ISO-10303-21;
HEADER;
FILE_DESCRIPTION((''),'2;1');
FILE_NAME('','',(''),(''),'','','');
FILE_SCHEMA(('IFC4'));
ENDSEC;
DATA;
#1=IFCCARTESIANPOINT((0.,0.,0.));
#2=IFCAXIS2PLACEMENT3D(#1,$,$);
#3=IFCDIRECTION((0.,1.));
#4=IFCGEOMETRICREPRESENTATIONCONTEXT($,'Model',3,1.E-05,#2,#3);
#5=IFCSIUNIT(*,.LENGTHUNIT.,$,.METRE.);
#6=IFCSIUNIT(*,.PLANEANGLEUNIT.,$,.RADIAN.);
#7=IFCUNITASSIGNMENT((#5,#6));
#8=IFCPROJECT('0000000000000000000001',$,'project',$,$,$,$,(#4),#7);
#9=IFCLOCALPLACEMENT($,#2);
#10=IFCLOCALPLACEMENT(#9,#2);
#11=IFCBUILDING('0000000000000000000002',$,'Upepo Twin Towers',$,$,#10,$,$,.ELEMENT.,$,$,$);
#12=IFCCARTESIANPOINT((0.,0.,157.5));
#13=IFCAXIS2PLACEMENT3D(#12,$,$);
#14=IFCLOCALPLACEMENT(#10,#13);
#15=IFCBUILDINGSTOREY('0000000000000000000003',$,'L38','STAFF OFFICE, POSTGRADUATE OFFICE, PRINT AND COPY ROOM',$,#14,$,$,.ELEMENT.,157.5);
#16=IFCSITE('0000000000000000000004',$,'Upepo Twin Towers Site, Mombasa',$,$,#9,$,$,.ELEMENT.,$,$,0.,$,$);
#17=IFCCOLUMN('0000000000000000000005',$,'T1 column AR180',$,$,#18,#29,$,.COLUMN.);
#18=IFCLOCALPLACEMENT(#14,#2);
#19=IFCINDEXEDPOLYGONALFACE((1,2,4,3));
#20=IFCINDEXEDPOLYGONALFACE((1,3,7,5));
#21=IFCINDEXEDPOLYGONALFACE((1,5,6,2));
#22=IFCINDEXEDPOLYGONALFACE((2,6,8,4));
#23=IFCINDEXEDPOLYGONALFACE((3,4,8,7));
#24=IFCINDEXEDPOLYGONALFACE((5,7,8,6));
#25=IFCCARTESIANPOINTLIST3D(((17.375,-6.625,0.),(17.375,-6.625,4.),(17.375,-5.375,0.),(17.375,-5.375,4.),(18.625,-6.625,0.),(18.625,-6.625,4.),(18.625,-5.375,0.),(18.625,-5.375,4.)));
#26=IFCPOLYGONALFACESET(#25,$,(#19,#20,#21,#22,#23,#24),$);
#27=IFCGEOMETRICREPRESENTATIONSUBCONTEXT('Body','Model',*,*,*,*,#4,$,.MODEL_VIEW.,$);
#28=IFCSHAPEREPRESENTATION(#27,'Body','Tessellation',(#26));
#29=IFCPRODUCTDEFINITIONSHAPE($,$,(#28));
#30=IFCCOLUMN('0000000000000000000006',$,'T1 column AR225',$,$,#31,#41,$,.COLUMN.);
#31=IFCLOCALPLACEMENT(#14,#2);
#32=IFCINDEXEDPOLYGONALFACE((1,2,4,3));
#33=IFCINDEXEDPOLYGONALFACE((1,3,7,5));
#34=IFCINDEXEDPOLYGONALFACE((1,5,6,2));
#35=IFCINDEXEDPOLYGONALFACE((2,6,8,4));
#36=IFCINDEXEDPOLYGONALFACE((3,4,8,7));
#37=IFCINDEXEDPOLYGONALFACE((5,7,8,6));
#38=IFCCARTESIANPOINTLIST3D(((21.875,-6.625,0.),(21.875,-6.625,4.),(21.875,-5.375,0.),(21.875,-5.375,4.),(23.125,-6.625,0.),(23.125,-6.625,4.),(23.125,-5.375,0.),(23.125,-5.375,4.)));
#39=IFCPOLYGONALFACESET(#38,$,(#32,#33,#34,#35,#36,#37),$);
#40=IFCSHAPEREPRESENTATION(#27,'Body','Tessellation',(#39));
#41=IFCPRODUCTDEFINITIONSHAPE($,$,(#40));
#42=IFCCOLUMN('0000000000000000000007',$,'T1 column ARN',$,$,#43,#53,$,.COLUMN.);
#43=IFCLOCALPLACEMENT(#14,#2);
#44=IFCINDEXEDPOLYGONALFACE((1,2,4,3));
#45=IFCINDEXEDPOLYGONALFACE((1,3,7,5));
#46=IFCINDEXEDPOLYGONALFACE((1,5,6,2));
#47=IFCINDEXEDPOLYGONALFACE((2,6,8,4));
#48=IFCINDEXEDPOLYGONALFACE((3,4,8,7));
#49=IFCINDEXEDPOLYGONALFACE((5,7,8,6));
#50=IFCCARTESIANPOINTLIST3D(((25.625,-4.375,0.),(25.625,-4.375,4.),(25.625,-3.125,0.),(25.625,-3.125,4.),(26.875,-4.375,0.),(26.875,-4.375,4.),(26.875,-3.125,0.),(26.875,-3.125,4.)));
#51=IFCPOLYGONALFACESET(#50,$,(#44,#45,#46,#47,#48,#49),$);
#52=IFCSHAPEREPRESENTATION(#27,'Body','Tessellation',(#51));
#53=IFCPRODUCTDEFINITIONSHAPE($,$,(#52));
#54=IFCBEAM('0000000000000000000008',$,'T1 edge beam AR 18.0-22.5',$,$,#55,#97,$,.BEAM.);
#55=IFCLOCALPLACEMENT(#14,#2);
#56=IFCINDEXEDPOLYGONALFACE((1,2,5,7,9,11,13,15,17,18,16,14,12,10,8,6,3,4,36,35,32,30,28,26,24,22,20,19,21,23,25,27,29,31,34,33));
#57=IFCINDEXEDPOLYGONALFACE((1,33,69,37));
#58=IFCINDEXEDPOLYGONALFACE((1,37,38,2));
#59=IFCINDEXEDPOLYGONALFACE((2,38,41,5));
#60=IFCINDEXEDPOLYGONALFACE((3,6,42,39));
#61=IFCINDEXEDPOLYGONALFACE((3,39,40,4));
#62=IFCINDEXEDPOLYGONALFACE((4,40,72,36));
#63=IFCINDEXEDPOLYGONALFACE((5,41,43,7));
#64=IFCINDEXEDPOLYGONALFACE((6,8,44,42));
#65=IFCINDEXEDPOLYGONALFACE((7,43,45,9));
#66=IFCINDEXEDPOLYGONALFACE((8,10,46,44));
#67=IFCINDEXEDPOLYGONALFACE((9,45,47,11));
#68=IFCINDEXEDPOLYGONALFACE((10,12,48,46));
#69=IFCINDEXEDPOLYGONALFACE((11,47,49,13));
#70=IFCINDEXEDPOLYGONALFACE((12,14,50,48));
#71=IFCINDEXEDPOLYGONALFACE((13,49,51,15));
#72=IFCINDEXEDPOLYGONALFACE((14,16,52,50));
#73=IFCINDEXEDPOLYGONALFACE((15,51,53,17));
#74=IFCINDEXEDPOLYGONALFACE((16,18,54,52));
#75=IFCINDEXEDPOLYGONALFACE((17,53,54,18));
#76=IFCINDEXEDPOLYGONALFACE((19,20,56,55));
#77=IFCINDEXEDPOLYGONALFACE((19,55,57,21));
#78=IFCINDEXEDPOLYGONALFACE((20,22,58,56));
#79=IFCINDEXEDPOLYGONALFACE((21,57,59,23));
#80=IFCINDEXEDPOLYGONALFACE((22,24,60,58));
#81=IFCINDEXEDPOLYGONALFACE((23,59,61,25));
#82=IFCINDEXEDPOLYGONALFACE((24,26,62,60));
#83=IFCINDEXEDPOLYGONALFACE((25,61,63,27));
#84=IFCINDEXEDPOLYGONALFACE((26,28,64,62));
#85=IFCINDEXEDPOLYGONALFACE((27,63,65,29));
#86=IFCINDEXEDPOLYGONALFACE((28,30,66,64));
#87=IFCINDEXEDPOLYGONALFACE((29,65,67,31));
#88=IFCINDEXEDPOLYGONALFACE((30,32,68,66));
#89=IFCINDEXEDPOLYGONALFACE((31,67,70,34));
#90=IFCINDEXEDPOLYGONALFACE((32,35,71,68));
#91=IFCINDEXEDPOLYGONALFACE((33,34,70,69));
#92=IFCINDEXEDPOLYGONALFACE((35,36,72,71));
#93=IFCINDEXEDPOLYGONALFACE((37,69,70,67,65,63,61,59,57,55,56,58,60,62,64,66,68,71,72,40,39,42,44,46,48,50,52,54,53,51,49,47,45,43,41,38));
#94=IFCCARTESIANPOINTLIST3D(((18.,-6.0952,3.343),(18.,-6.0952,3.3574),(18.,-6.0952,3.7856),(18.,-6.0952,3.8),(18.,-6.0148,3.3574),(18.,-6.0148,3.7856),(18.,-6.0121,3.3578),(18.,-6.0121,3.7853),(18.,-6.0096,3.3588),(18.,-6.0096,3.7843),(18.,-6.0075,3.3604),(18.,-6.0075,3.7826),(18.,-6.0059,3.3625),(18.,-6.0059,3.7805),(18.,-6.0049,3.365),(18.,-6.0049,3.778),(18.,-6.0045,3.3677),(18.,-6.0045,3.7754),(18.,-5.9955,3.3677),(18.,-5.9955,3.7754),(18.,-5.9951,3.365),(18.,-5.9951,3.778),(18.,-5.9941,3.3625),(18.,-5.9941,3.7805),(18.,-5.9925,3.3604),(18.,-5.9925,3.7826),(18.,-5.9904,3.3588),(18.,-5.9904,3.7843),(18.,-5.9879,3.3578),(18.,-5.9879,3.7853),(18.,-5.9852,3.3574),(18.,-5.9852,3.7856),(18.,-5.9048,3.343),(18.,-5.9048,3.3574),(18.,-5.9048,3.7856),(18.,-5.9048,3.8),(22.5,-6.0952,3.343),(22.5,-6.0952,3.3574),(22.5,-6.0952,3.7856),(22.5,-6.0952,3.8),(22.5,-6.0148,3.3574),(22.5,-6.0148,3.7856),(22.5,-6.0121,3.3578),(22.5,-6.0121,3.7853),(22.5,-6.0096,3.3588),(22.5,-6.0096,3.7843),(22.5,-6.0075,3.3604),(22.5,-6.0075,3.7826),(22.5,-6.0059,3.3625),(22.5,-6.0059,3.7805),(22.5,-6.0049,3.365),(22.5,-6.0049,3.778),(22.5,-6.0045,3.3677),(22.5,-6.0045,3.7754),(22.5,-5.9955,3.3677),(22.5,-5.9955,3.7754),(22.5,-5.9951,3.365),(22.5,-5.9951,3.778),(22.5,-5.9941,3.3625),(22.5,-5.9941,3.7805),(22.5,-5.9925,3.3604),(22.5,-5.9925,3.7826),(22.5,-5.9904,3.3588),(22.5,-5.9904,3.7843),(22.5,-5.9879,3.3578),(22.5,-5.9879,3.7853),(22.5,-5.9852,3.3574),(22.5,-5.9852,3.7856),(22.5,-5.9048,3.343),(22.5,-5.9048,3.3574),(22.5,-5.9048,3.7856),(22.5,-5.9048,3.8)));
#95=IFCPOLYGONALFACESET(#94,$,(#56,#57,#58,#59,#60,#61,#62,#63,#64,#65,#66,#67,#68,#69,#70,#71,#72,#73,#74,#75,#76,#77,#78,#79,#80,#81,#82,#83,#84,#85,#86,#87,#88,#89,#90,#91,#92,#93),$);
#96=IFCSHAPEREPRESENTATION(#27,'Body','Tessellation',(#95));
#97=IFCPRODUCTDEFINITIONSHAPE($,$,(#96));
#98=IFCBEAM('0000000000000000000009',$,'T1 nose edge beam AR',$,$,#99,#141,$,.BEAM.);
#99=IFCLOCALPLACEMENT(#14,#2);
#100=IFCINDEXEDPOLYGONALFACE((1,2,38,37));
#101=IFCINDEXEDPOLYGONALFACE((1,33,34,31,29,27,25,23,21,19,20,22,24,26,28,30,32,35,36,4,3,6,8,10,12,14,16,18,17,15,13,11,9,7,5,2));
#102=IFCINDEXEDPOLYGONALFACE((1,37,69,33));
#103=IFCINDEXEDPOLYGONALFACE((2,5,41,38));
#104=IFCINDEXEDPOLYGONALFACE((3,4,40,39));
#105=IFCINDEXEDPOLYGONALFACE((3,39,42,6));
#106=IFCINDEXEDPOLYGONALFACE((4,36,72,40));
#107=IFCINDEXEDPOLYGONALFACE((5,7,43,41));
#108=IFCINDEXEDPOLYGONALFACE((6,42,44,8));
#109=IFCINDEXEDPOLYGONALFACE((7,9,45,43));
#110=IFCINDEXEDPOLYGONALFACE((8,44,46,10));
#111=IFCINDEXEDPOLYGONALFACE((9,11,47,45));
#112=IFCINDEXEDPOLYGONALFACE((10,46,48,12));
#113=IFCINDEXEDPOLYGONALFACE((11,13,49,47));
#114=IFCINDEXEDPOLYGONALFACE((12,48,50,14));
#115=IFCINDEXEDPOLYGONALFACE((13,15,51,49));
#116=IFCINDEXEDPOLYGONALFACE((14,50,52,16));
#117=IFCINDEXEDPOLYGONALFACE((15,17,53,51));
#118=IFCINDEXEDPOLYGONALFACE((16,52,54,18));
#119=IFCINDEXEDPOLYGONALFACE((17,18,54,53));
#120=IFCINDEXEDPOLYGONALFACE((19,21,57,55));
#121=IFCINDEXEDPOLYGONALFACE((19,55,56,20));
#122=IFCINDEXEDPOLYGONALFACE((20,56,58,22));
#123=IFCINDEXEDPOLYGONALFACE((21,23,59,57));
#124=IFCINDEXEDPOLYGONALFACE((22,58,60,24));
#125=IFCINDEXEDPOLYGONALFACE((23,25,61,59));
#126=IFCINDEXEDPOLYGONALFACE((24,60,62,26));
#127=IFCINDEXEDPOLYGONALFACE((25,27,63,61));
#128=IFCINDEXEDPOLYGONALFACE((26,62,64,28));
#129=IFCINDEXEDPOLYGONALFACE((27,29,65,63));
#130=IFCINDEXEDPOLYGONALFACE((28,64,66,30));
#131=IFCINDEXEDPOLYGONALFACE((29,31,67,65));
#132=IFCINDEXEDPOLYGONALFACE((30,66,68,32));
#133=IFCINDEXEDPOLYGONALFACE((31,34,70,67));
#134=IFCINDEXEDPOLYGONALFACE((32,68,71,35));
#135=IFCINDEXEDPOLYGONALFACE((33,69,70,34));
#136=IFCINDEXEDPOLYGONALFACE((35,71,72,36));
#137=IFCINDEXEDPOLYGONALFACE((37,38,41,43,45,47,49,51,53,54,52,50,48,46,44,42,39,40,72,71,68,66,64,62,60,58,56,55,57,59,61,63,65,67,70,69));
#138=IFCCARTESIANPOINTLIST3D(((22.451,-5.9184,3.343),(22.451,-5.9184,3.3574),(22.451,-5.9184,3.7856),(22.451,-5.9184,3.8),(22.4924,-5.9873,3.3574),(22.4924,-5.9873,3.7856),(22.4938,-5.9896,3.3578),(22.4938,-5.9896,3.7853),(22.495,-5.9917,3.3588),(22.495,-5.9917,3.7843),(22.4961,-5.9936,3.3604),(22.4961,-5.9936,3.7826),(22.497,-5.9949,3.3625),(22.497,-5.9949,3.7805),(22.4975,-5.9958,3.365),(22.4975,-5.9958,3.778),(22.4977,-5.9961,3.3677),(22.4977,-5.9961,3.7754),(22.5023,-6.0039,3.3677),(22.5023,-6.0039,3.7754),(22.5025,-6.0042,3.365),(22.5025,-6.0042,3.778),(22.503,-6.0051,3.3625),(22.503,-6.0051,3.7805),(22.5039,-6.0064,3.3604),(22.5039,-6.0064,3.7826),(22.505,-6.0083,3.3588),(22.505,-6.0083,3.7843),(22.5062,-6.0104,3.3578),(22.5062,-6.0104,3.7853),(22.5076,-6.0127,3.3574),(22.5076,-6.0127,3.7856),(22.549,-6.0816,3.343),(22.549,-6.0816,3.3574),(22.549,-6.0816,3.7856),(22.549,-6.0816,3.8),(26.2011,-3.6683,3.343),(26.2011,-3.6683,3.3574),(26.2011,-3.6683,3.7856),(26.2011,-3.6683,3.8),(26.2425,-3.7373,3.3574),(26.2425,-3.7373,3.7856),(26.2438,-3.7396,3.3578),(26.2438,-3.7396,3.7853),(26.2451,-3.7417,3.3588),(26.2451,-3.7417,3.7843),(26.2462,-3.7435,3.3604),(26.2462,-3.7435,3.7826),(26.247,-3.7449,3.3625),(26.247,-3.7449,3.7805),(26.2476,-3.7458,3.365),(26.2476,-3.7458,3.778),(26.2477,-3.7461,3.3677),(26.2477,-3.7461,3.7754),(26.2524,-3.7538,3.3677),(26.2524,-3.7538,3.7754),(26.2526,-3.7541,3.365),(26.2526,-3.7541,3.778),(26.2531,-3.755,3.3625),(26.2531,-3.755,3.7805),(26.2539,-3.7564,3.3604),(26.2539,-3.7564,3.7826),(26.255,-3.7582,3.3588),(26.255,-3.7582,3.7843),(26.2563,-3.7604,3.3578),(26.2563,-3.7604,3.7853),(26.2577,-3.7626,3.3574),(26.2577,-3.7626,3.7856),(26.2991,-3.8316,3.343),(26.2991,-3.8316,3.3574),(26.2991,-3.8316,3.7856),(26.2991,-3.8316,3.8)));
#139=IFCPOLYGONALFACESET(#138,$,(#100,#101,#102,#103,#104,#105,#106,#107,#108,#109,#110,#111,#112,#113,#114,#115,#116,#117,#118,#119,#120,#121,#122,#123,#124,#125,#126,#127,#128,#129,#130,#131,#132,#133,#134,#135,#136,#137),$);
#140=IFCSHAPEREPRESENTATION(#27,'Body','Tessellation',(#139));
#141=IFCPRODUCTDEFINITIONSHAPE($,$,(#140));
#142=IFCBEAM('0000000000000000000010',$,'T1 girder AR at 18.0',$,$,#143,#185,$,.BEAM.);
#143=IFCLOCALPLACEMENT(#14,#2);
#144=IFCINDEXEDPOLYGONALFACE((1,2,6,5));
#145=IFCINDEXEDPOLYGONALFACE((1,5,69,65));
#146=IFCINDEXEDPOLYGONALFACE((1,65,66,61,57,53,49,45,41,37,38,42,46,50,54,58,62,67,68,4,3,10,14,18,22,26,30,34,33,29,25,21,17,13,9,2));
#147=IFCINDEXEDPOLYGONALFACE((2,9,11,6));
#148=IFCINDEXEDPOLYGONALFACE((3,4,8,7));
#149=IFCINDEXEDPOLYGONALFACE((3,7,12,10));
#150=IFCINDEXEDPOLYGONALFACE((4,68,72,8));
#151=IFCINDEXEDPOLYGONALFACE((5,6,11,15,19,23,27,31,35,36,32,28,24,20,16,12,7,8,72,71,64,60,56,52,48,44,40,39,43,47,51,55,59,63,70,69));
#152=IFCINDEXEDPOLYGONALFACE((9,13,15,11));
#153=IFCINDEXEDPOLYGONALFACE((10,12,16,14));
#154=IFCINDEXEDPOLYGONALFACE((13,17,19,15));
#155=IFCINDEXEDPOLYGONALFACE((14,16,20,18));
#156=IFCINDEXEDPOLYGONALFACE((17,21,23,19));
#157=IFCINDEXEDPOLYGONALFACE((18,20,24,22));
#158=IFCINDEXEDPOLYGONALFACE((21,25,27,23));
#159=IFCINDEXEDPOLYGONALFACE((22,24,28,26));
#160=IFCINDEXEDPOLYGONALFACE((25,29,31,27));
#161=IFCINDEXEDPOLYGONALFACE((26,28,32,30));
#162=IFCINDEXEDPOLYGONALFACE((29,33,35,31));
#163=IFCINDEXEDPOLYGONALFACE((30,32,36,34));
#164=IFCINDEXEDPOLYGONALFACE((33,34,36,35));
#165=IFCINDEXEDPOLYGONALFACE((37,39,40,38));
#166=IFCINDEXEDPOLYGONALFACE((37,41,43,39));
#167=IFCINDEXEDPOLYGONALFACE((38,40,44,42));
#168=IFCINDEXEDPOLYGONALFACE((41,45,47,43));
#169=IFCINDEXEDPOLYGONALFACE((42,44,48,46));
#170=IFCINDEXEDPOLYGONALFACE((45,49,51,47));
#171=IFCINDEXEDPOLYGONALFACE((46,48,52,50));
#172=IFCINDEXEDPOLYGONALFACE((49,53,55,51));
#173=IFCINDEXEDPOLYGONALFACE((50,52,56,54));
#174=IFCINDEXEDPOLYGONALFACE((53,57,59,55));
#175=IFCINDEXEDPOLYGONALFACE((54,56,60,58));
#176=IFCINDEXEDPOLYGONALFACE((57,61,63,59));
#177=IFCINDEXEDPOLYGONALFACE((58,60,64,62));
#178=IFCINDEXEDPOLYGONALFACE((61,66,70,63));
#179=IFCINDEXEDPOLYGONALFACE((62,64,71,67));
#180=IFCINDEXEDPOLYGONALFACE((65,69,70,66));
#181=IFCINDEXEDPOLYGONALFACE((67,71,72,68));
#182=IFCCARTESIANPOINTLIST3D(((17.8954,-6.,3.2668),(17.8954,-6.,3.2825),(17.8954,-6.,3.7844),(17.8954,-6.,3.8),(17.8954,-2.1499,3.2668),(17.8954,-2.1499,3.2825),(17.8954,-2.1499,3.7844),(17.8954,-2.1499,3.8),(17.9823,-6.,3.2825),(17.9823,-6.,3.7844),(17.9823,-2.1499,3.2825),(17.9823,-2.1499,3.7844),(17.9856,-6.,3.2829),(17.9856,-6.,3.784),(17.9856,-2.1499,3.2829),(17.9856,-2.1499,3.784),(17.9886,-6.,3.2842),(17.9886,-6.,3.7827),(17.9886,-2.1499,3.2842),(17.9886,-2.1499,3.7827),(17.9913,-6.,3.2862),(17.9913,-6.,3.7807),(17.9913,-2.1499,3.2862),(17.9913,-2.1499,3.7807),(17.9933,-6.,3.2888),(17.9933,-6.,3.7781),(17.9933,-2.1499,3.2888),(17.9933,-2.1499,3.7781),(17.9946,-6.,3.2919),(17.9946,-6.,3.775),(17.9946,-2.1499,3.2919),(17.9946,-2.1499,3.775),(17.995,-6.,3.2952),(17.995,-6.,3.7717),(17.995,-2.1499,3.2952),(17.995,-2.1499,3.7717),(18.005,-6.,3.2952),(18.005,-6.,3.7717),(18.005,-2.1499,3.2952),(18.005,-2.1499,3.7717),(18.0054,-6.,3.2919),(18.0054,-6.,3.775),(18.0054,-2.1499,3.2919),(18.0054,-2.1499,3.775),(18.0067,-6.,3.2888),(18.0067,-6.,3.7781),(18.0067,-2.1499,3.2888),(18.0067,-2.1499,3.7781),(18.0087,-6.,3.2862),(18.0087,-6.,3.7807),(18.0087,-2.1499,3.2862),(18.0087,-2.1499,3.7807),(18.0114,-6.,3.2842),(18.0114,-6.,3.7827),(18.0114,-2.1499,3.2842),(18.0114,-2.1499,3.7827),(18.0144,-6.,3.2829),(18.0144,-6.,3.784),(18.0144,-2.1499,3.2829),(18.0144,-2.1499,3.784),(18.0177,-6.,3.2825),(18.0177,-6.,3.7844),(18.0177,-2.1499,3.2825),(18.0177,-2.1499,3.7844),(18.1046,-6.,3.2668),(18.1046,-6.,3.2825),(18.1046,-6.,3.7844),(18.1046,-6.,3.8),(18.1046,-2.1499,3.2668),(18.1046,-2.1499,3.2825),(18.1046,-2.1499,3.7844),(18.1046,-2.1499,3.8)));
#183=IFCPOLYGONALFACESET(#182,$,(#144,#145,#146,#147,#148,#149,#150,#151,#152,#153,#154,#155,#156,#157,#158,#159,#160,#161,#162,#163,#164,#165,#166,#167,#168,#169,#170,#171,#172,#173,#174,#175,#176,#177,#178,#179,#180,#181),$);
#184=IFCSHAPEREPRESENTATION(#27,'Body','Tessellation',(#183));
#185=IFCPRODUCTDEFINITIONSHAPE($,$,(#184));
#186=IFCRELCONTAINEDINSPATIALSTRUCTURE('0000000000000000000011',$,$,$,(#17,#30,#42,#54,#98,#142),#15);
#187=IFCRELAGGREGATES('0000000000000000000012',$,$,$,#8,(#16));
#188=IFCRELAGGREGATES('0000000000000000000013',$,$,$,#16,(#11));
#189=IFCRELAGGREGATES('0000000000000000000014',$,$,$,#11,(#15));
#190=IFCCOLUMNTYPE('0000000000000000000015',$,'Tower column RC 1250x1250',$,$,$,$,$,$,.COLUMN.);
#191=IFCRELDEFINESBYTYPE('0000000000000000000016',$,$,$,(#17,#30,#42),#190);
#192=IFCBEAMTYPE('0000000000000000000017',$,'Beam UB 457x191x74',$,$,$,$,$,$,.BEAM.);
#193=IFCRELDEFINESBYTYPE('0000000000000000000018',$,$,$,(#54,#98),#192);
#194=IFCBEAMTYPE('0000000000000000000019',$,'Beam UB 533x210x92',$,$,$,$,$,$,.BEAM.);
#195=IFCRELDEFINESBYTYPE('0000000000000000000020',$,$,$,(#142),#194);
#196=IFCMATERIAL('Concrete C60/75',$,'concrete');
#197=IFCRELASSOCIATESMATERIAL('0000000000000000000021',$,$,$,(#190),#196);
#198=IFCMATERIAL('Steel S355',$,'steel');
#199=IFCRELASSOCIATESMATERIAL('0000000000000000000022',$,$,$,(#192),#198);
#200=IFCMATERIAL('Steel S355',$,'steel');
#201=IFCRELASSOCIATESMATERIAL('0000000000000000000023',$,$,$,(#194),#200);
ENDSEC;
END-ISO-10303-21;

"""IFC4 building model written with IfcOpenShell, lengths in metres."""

from ifc_helpers import new_model, si_unit, direction, frame, origin, origin_2d, place, context, subcontext, project, spatial, rectangle, i_section, extrude, material, material_profile, profile_set, type_object, element, save


model = new_model("IFC4")

# Units and contexts
model_context = context("Model", 3, precision=1e-05, world=origin(), true_north=direction((0.0, 1.0)))
body_context = subcontext(model_context, "Body", "Model", "MODEL_VIEW")
ifc_project = project(units=[si_unit("LENGTHUNIT", "METRE"), si_unit("PLANEANGLEUNIT", "RADIAN")], contexts=[model_context])

# Site, building, storey
site_placement = place(None, origin())
site = spatial("IfcSite", under=ifc_project, at=site_placement, Name="Upepo Twin Towers Site, Mombasa", CompositionType="ELEMENT", RefElevation=0.0)
building_placement = place(site_placement, origin())
building = spatial("IfcBuilding", under=site, at=building_placement, Name="Upepo Twin Towers", CompositionType="ELEMENT")
storey_placement = place(building_placement, frame((0.0, 0.0, 157.5)))
storey = spatial("IfcBuildingStorey", under=building, at=storey_placement, Name="L38", Description="STAFF OFFICE, POSTGRADUATE OFFICE, PRINT AND COPY ROOM", CompositionType="ELEMENT", Elevation=157.5)

# Columns
ifc_material_1 = material(Name="Concrete C60/75", Category="concrete")
ifc_material_profile_1 = material_profile(ifc_material_1, rectangle(XDim=1.25, YDim=1.25, at=origin_2d()), Name="RC 1250x1250")
ifc_profile_set_1 = profile_set([ifc_material_profile_1], Name="Concrete C60/75")
column_type = type_object("IfcColumnType", Name="Tower column RC 1250x1250", PredefinedType="COLUMN", material=ifc_profile_set_1)
for number, where, z_axis, x_axis, name in (
    (1, (18.0, -6.0, 0.0), (0.0, 0.0, 1.0), (1.0, 0.0, 0.0), "T1 column AR180"),
    (2, (22.5, -6.0, 0.0), (0.0, 0.0, 1.0), (1.0, 0.0, 0.0), "T1 column AR225"),
    (3, (26.25, -3.75, 0.0), (0.0, 0.0, 1.0), (1.0, 0.0, 0.0), "T1 column ARN"),
):
    element("IfcColumn", number, at=place(storey_placement, frame(where, z_axis=z_axis, x_axis=x_axis)), inside=storey, type_object=column_type, Name=name, PredefinedType="COLUMN", context=body_context, shape_type="SweptSolid", body=[
        extrude(rectangle(XDim=1.25, YDim=1.25, at=origin_2d()), origin(), (0.0, 0.0, 1.0), 4.0),
    ])

# Beams
ifc_material_2 = material(Name="Steel S355", Category="steel")
ifc_material_profile_2 = material_profile(ifc_material_2, i_section(OverallWidth=0.1904, OverallDepth=0.457, WebThickness=0.009, FlangeThickness=0.0144, FilletRadius=0.0103, at=origin_2d()), Name="UB 457x191x74")
ifc_profile_set_2 = profile_set([ifc_material_profile_2], Name="Steel S355")
beam_type_1 = type_object("IfcBeamType", Name="Beam UB 457x191x74", PredefinedType="BEAM", material=ifc_profile_set_2)
beam_1_placement = place(storey_placement, frame((18.0, -6.0, 3.5715), z_axis=(1.0, 0.0, 0.0), x_axis=(0.0, 1.0, 0.0)))
element("IfcBeam", 4, at=beam_1_placement, inside=storey, type_object=beam_type_1, Name="T1 edge beam AR 18.0-22.5", PredefinedType="BEAM", context=body_context, shape_type="SweptSolid", body=[
    extrude(i_section(OverallWidth=0.1904, OverallDepth=0.457, WebThickness=0.009, FlangeThickness=0.0144, FilletRadius=0.0103, at=origin_2d()), origin(), (0.0, 0.0, 1.0), 4.5),
])
beam_2_placement = place(storey_placement, frame((22.5, -6.0, 3.5715), z_axis=(0.857493, 0.514496, 0.0), x_axis=(-0.514496, 0.857493, 0.0)))
element("IfcBeam", 5, at=beam_2_placement, inside=storey, type_object=beam_type_1, Name="T1 nose edge beam AR", PredefinedType="BEAM", context=body_context, shape_type="SweptSolid", body=[
    extrude(i_section(OverallWidth=0.1904, OverallDepth=0.457, WebThickness=0.009, FlangeThickness=0.0144, FilletRadius=0.0103, at=origin_2d()), origin(), (0.0, 0.0, 1.0), 4.3733),
])
ifc_material_3 = material(Name="Steel S355", Category="steel")
ifc_material_profile_3 = material_profile(ifc_material_3, i_section(OverallWidth=0.2092, OverallDepth=0.5332, WebThickness=0.01, FlangeThickness=0.0156, FilletRadius=0.0127, at=origin_2d()), Name="UB 533x210x92")
ifc_profile_set_3 = profile_set([ifc_material_profile_3], Name="Steel S355")
beam_type_2 = type_object("IfcBeamType", Name="Beam UB 533x210x92", PredefinedType="BEAM", material=ifc_profile_set_3)
for number, where, z_axis, x_axis, name in (
    (6, (18.0, -6.0, 3.5334), (0.0, 1.0, 0.0), (-1.0, 0.0, 0.0), "T1 girder AR at 18.0"),
):
    element("IfcBeam", number, at=place(storey_placement, frame(where, z_axis=z_axis, x_axis=x_axis)), inside=storey, type_object=beam_type_2, Name=name, PredefinedType="BEAM", context=body_context, shape_type="SweptSolid", body=[
        extrude(i_section(OverallWidth=0.2092, OverallDepth=0.5332, WebThickness=0.01, FlangeThickness=0.0156, FilletRadius=0.0127, at=origin_2d()), origin(), (0.0, 0.0, 1.0), 3.8501),
    ])

save(model, "model.ifc")
